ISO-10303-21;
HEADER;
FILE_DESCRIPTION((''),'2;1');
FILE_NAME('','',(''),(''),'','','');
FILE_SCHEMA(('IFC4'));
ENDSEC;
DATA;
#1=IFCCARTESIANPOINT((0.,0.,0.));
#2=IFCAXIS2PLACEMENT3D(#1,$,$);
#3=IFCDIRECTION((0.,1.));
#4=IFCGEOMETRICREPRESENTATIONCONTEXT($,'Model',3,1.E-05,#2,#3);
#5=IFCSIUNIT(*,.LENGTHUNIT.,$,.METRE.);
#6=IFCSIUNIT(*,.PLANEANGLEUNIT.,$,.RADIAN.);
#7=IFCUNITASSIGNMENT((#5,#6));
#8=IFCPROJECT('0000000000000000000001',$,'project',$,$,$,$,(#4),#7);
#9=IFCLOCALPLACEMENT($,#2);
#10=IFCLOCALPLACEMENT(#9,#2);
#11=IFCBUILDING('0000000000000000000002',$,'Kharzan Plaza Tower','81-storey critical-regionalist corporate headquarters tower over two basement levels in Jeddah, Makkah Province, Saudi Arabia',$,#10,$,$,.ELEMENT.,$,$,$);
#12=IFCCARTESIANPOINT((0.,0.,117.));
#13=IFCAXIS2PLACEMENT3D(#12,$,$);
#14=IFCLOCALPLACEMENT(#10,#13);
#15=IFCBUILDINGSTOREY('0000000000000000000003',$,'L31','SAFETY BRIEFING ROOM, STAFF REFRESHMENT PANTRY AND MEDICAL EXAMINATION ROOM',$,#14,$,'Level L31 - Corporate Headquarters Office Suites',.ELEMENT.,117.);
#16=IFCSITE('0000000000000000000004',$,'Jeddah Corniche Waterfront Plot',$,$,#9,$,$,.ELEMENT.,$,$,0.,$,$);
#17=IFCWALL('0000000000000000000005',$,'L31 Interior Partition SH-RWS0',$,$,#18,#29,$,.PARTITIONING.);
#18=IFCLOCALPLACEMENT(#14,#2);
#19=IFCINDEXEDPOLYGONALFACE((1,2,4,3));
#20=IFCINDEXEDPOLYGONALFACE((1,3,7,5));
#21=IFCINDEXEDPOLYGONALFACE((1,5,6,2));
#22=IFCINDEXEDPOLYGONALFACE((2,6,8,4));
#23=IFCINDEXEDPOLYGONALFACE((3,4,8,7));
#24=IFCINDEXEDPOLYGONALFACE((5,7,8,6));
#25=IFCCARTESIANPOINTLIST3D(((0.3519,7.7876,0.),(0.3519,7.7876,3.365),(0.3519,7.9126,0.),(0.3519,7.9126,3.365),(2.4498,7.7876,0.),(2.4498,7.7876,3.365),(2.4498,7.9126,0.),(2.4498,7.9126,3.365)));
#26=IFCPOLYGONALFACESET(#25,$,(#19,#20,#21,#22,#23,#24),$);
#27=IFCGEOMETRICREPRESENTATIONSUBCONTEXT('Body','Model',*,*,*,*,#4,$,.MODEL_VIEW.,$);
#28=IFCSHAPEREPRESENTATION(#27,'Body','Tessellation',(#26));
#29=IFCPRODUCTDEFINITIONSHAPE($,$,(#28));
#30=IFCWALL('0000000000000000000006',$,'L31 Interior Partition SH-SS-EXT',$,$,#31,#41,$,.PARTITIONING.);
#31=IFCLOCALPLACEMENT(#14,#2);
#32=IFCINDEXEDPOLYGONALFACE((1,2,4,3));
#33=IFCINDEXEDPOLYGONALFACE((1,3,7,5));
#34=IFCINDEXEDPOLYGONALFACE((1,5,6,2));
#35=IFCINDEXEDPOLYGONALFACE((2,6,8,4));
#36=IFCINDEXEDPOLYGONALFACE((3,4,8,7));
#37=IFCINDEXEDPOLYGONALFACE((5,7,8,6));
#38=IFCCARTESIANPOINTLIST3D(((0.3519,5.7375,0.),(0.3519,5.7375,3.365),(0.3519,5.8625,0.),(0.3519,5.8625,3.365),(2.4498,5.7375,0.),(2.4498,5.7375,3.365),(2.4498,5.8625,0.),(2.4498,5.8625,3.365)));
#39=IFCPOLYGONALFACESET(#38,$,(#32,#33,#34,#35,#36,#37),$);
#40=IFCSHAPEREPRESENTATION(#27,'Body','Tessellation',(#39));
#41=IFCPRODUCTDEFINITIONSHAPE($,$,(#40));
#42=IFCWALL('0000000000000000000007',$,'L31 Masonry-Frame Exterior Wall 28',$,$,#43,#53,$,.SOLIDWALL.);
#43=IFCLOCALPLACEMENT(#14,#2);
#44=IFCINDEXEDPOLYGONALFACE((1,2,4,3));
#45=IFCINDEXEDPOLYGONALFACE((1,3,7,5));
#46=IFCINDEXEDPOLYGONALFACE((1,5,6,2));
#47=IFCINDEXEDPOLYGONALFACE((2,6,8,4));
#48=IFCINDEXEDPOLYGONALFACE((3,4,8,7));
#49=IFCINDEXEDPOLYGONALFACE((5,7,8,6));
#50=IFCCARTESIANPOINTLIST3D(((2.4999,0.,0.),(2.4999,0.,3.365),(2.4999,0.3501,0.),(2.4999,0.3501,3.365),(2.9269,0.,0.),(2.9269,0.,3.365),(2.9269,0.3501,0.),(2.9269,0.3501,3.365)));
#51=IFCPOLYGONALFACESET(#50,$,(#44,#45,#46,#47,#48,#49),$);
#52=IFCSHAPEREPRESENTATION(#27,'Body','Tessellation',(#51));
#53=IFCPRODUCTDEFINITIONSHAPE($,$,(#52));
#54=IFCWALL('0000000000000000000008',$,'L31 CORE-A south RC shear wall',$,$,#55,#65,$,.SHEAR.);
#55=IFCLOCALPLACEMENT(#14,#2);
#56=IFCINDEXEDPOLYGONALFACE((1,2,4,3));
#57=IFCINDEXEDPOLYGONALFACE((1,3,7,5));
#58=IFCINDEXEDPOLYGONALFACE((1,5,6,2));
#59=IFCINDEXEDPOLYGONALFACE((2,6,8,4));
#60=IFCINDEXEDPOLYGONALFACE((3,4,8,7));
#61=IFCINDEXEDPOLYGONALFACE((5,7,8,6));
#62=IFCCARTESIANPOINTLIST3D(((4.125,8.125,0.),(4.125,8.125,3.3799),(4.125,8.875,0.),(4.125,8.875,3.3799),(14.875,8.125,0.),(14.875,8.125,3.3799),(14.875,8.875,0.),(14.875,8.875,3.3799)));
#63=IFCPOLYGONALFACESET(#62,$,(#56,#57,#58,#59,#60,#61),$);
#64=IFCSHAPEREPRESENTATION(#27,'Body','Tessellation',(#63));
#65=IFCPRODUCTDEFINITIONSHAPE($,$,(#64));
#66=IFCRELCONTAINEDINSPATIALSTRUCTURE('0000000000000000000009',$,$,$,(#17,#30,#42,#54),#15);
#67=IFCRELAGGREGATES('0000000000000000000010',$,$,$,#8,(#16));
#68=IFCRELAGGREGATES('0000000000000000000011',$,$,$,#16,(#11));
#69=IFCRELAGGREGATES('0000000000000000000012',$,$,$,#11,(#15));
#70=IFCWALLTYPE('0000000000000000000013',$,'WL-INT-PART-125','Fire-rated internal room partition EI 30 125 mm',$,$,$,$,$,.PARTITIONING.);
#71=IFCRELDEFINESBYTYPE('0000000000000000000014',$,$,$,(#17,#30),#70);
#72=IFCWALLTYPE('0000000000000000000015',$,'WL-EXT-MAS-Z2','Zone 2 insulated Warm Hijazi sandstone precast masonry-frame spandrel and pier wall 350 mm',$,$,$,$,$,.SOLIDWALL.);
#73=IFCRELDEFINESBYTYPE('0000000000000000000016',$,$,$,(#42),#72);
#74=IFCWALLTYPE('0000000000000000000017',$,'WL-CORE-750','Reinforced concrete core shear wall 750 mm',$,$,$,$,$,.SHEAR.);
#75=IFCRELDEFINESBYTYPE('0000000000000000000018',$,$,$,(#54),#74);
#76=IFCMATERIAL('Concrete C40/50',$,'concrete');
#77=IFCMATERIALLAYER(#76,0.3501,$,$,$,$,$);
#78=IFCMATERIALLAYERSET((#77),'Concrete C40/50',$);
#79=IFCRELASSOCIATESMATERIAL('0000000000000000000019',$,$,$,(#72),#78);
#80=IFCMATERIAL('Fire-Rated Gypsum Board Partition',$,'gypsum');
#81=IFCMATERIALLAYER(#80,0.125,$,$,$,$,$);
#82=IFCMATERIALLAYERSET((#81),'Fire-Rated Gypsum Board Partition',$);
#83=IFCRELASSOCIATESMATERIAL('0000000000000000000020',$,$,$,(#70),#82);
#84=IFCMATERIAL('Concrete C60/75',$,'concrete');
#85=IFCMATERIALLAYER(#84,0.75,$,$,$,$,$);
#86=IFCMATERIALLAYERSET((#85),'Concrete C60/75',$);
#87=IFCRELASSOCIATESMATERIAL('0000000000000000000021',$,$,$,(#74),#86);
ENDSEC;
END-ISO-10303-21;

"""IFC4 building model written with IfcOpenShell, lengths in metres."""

from ifc_helpers import new_model, si_unit, direction, frame, frame_2d, origin, place, context, subcontext, project, spatial, rectangle, extrude, source, transform, mapped, material, layer, layer_set, type_object, element, save


model = new_model("IFC4")

# Units and contexts
model_context = context("Model", 3, precision=1e-05, world=origin(), true_north=direction((0.0, 1.0)))
body_context = subcontext(model_context, "Body", "Model", "MODEL_VIEW")
ifc_project = project(units=[si_unit("LENGTHUNIT", "METRE"), si_unit("PLANEANGLEUNIT", "RADIAN")], contexts=[model_context])

# Site, building, storey
site_placement = place(None, origin())
site = spatial("IfcSite", under=ifc_project, at=site_placement, Name="Jeddah Corniche Waterfront Plot", CompositionType="ELEMENT", RefElevation=0.0)
building_placement = place(site_placement, origin())
building = spatial("IfcBuilding", under=site, at=building_placement, Name="Kharzan Plaza Tower", Description="81-storey critical-regionalist corporate headquarters tower over two basement levels in Jeddah, Makkah Province, Saudi Arabia", CompositionType="ELEMENT")
storey_placement = place(building_placement, frame((0.0, 0.0, 117.0)))
storey = spatial("IfcBuildingStorey", under=building, at=storey_placement, Name="L31", Description="SAFETY BRIEFING ROOM, STAFF REFRESHMENT PANTRY AND MEDICAL EXAMINATION ROOM", LongName="Level L31 - Corporate Headquarters Office Suites", CompositionType="ELEMENT", Elevation=117.0)

# Shared definitions
ifc_material_1 = material(Name="Concrete C60/75", Category="concrete")

# Shared definitions
ifc_material_2 = material(Name="Concrete C40/50", Category="concrete")

# Shared definitions
ifc_layer_1 = layer(ifc_material_2, 0.3501)
ifc_layer_set_1 = layer_set([ifc_layer_1], Name="Concrete C40/50")
wall_type_1 = type_object("IfcWallType", Name="WL-EXT-MAS-Z2", Description="Zone 2 insulated Warm Hijazi sandstone precast masonry-frame spandrel and pier wall 350 mm", PredefinedType="SOLIDWALL", material=ifc_layer_set_1)

# Shared definitions
ifc_material_3 = material(Name="Fire-Rated Gypsum Board Partition", Category="gypsum")
ifc_layer_2 = layer(ifc_material_3, 0.125)
ifc_layer_set_2 = layer_set([ifc_layer_2], Name="Fire-Rated Gypsum Board Partition")
wall_type_2 = type_object("IfcWallType", Name="WL-INT-PART-125", Description="Fire-rated internal room partition EI 30 125 mm", PredefinedType="PARTITIONING", material=ifc_layer_set_2)

# Walls
shared_shape_1 = source(origin(), body_context, "Body", "SweptSolid", [
    extrude(rectangle(XDim=2.0979, YDim=0.125, at=frame_2d((1.0488, 0.0))), origin(), (0.0, 0.0, 1.0), 3.365),
])
for number, where, z_axis, x_axis, name in (
    (1, (0.3521, 7.8501, 0.0), (0.0, 0.0, 1.0), (1.0, 0.0, 0.0), "L31 Interior Partition SH-RWS0"),
    (2, (0.3521, 5.8, 0.0), (0.0, 0.0, 1.0), (1.0, 0.0, 0.0), "L31 Interior Partition SH-SS-EXT"),
):
    element("IfcWall", number, at=place(storey_placement, frame(where, z_axis=z_axis, x_axis=x_axis)), inside=storey, type_object=wall_type_2, Name=name, PredefinedType="PARTITIONING", context=body_context, shape_type="MappedRepresentation", body=[
        mapped(shared_shape_1, transform((0.0, 0.0, 0.0), x_axis=(1.0, 0.0, 0.0), y_axis=(0.0, 1.0, 0.0), z_axis=(0.0, 0.0, 1.0))),
    ])
shared_shape_2 = source(origin(), body_context, "Body", "SweptSolid", [
    extrude(rectangle(XDim=0.427, YDim=0.3501, at=frame_2d((0.2134, 0.0))), origin(), (0.0, 0.0, 1.0), 3.365),
])
wall_1_placement = place(storey_placement, frame((2.5, 0.175, 0.0), z_axis=(0.0, 0.0, 1.0), x_axis=(1.0, 0.0, 0.0)))
element("IfcWall", 3, at=wall_1_placement, inside=storey, type_object=wall_type_1, Name="L31 Masonry-Frame Exterior Wall 28", PredefinedType="SOLIDWALL", context=body_context, shape_type="MappedRepresentation", body=[
    mapped(shared_shape_2, transform((0.0, 0.0, 0.0), x_axis=(1.0, 0.0, 0.0), y_axis=(0.0, 1.0, 0.0), z_axis=(0.0, 0.0, 1.0))),
])
ifc_layer_3 = layer(ifc_material_1, 0.75)
ifc_layer_set_3 = layer_set([ifc_layer_3], Name="Concrete C60/75")
wall_type_3 = type_object("IfcWallType", Name="WL-CORE-750", Description="Reinforced concrete core shear wall 750 mm", PredefinedType="SHEAR", material=ifc_layer_set_3)
shared_shape_3 = source(origin(), body_context, "Body", "SweptSolid", [
    extrude(rectangle(XDim=10.75, YDim=0.75, at=frame_2d((5.375, 0.0))), origin(), (0.0, 0.0, 1.0), 3.3799),
])
wall_2_placement = place(storey_placement, frame((4.125, 8.5, 0.0), z_axis=(0.0, 0.0, 1.0), x_axis=(1.0, 0.0, 0.0)))
element("IfcWall", 4, at=wall_2_placement, inside=storey, type_object=wall_type_3, Name="L31 CORE-A south RC shear wall", PredefinedType="SHEAR", context=body_context, shape_type="MappedRepresentation", body=[
    mapped(shared_shape_3, transform((0.0, 0.0, 0.0), x_axis=(1.0, 0.0, 0.0), y_axis=(0.0, 1.0, 0.0), z_axis=(0.0, 0.0, 1.0))),
])

save(model, "model.ifc")
